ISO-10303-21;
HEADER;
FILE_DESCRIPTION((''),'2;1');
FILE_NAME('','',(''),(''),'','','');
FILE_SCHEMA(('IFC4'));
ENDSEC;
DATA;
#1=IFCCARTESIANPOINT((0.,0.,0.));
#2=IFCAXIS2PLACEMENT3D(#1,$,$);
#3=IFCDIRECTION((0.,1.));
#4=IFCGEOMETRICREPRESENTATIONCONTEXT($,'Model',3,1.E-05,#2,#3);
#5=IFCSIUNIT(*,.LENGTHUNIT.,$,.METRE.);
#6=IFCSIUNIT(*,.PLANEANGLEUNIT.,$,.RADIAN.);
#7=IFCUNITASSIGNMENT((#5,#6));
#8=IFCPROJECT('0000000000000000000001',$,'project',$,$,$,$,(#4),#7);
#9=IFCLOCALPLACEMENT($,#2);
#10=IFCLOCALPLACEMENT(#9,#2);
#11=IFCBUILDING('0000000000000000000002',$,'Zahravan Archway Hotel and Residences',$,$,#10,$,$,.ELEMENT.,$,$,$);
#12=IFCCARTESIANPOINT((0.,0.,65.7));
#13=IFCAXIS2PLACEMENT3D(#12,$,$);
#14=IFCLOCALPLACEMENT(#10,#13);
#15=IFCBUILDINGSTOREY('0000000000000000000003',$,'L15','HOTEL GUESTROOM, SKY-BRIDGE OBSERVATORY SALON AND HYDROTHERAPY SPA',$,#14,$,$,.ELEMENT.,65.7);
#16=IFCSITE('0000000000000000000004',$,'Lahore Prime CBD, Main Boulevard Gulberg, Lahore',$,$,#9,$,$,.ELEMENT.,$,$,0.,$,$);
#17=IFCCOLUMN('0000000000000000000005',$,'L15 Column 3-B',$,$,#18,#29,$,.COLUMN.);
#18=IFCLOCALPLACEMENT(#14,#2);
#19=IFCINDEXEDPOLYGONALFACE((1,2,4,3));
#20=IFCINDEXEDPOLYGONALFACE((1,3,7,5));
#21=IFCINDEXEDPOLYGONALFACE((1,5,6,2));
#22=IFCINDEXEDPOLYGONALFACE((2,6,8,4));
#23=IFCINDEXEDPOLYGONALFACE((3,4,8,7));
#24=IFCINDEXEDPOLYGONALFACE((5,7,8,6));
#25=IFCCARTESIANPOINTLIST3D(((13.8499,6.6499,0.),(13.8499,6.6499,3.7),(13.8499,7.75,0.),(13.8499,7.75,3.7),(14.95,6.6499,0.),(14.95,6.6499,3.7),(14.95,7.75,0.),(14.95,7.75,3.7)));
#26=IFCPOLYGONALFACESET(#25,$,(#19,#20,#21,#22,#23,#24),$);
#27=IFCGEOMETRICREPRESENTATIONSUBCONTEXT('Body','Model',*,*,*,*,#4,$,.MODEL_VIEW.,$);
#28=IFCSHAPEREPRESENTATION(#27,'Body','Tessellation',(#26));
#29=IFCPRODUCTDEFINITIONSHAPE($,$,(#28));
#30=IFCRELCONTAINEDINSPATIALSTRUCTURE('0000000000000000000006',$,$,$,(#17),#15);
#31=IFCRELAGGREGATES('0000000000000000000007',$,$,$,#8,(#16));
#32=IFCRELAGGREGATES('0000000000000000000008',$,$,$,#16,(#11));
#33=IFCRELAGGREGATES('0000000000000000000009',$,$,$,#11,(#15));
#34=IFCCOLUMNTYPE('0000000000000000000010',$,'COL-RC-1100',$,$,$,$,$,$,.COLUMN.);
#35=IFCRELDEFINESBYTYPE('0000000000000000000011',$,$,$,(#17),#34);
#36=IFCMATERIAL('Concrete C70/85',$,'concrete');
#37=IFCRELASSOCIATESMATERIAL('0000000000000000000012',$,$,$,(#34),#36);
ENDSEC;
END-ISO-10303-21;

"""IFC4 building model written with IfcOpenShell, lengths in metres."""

from ifc_helpers import new_model, si_unit, direction, frame, origin, origin_2d, place, context, subcontext, project, spatial, rectangle, extrude, source, transform, mapped, material, material_profile, profile_set, type_object, element, save


model = new_model("IFC4")

# Units and contexts
model_context = context("Model", 3, precision=1e-05, world=origin(), true_north=direction((0.0, 1.0)))
body_context = subcontext(model_context, "Body", "Model", "MODEL_VIEW")
ifc_project = project(units=[si_unit("LENGTHUNIT", "METRE"), si_unit("PLANEANGLEUNIT", "RADIAN")], contexts=[model_context])

# Site, building, storey
site_placement = place(None, origin())
site = spatial("IfcSite", under=ifc_project, at=site_placement, Name="Lahore Prime CBD, Main Boulevard Gulberg, Lahore", CompositionType="ELEMENT", RefElevation=0.0)
building_placement = place(site_placement, origin())
building = spatial("IfcBuilding", under=site, at=building_placement, Name="Zahravan Archway Hotel and Residences", CompositionType="ELEMENT")
storey_placement = place(building_placement, frame((0.0, 0.0, 65.7)))
storey = spatial("IfcBuildingStorey", under=building, at=storey_placement, Name="L15", Description="HOTEL GUESTROOM, SKY-BRIDGE OBSERVATORY SALON AND HYDROTHERAPY SPA", CompositionType="ELEMENT", Elevation=65.7)

# Column
ifc_material_1 = material(Name="Concrete C70/85", Category="concrete")
ifc_material_profile = material_profile(ifc_material_1, rectangle(XDim=1.1001, YDim=1.1001, at=origin_2d()), Name="RC 1100x1100", Category="concrete")
ifc_profile_set = profile_set([ifc_material_profile], Name="Concrete C70/85")
column_type = type_object("IfcColumnType", Name="COL-RC-1100", PredefinedType="COLUMN", material=ifc_profile_set)
shared_shape_1 = source(origin(), body_context, "Body", "SweptSolid", [
    extrude(rectangle(XDim=1.1001, YDim=1.1001, at=origin_2d()), origin(), (0.0, 0.0, 1.0), 3.7),
])
column_placement = place(storey_placement, frame((14.3999, 7.2, 0.0), z_axis=(0.0, 0.0, 1.0), x_axis=(1.0, 0.0, 0.0)))
element("IfcColumn", 1, at=column_placement, inside=storey, type_object=column_type, Name="L15 Column 3-B", PredefinedType="COLUMN", context=body_context, shape_type="MappedRepresentation", body=[
    mapped(shared_shape_1, transform((0.0, 0.0, 0.0), scale=1.0)),
])

save(model, "model.ifc")
